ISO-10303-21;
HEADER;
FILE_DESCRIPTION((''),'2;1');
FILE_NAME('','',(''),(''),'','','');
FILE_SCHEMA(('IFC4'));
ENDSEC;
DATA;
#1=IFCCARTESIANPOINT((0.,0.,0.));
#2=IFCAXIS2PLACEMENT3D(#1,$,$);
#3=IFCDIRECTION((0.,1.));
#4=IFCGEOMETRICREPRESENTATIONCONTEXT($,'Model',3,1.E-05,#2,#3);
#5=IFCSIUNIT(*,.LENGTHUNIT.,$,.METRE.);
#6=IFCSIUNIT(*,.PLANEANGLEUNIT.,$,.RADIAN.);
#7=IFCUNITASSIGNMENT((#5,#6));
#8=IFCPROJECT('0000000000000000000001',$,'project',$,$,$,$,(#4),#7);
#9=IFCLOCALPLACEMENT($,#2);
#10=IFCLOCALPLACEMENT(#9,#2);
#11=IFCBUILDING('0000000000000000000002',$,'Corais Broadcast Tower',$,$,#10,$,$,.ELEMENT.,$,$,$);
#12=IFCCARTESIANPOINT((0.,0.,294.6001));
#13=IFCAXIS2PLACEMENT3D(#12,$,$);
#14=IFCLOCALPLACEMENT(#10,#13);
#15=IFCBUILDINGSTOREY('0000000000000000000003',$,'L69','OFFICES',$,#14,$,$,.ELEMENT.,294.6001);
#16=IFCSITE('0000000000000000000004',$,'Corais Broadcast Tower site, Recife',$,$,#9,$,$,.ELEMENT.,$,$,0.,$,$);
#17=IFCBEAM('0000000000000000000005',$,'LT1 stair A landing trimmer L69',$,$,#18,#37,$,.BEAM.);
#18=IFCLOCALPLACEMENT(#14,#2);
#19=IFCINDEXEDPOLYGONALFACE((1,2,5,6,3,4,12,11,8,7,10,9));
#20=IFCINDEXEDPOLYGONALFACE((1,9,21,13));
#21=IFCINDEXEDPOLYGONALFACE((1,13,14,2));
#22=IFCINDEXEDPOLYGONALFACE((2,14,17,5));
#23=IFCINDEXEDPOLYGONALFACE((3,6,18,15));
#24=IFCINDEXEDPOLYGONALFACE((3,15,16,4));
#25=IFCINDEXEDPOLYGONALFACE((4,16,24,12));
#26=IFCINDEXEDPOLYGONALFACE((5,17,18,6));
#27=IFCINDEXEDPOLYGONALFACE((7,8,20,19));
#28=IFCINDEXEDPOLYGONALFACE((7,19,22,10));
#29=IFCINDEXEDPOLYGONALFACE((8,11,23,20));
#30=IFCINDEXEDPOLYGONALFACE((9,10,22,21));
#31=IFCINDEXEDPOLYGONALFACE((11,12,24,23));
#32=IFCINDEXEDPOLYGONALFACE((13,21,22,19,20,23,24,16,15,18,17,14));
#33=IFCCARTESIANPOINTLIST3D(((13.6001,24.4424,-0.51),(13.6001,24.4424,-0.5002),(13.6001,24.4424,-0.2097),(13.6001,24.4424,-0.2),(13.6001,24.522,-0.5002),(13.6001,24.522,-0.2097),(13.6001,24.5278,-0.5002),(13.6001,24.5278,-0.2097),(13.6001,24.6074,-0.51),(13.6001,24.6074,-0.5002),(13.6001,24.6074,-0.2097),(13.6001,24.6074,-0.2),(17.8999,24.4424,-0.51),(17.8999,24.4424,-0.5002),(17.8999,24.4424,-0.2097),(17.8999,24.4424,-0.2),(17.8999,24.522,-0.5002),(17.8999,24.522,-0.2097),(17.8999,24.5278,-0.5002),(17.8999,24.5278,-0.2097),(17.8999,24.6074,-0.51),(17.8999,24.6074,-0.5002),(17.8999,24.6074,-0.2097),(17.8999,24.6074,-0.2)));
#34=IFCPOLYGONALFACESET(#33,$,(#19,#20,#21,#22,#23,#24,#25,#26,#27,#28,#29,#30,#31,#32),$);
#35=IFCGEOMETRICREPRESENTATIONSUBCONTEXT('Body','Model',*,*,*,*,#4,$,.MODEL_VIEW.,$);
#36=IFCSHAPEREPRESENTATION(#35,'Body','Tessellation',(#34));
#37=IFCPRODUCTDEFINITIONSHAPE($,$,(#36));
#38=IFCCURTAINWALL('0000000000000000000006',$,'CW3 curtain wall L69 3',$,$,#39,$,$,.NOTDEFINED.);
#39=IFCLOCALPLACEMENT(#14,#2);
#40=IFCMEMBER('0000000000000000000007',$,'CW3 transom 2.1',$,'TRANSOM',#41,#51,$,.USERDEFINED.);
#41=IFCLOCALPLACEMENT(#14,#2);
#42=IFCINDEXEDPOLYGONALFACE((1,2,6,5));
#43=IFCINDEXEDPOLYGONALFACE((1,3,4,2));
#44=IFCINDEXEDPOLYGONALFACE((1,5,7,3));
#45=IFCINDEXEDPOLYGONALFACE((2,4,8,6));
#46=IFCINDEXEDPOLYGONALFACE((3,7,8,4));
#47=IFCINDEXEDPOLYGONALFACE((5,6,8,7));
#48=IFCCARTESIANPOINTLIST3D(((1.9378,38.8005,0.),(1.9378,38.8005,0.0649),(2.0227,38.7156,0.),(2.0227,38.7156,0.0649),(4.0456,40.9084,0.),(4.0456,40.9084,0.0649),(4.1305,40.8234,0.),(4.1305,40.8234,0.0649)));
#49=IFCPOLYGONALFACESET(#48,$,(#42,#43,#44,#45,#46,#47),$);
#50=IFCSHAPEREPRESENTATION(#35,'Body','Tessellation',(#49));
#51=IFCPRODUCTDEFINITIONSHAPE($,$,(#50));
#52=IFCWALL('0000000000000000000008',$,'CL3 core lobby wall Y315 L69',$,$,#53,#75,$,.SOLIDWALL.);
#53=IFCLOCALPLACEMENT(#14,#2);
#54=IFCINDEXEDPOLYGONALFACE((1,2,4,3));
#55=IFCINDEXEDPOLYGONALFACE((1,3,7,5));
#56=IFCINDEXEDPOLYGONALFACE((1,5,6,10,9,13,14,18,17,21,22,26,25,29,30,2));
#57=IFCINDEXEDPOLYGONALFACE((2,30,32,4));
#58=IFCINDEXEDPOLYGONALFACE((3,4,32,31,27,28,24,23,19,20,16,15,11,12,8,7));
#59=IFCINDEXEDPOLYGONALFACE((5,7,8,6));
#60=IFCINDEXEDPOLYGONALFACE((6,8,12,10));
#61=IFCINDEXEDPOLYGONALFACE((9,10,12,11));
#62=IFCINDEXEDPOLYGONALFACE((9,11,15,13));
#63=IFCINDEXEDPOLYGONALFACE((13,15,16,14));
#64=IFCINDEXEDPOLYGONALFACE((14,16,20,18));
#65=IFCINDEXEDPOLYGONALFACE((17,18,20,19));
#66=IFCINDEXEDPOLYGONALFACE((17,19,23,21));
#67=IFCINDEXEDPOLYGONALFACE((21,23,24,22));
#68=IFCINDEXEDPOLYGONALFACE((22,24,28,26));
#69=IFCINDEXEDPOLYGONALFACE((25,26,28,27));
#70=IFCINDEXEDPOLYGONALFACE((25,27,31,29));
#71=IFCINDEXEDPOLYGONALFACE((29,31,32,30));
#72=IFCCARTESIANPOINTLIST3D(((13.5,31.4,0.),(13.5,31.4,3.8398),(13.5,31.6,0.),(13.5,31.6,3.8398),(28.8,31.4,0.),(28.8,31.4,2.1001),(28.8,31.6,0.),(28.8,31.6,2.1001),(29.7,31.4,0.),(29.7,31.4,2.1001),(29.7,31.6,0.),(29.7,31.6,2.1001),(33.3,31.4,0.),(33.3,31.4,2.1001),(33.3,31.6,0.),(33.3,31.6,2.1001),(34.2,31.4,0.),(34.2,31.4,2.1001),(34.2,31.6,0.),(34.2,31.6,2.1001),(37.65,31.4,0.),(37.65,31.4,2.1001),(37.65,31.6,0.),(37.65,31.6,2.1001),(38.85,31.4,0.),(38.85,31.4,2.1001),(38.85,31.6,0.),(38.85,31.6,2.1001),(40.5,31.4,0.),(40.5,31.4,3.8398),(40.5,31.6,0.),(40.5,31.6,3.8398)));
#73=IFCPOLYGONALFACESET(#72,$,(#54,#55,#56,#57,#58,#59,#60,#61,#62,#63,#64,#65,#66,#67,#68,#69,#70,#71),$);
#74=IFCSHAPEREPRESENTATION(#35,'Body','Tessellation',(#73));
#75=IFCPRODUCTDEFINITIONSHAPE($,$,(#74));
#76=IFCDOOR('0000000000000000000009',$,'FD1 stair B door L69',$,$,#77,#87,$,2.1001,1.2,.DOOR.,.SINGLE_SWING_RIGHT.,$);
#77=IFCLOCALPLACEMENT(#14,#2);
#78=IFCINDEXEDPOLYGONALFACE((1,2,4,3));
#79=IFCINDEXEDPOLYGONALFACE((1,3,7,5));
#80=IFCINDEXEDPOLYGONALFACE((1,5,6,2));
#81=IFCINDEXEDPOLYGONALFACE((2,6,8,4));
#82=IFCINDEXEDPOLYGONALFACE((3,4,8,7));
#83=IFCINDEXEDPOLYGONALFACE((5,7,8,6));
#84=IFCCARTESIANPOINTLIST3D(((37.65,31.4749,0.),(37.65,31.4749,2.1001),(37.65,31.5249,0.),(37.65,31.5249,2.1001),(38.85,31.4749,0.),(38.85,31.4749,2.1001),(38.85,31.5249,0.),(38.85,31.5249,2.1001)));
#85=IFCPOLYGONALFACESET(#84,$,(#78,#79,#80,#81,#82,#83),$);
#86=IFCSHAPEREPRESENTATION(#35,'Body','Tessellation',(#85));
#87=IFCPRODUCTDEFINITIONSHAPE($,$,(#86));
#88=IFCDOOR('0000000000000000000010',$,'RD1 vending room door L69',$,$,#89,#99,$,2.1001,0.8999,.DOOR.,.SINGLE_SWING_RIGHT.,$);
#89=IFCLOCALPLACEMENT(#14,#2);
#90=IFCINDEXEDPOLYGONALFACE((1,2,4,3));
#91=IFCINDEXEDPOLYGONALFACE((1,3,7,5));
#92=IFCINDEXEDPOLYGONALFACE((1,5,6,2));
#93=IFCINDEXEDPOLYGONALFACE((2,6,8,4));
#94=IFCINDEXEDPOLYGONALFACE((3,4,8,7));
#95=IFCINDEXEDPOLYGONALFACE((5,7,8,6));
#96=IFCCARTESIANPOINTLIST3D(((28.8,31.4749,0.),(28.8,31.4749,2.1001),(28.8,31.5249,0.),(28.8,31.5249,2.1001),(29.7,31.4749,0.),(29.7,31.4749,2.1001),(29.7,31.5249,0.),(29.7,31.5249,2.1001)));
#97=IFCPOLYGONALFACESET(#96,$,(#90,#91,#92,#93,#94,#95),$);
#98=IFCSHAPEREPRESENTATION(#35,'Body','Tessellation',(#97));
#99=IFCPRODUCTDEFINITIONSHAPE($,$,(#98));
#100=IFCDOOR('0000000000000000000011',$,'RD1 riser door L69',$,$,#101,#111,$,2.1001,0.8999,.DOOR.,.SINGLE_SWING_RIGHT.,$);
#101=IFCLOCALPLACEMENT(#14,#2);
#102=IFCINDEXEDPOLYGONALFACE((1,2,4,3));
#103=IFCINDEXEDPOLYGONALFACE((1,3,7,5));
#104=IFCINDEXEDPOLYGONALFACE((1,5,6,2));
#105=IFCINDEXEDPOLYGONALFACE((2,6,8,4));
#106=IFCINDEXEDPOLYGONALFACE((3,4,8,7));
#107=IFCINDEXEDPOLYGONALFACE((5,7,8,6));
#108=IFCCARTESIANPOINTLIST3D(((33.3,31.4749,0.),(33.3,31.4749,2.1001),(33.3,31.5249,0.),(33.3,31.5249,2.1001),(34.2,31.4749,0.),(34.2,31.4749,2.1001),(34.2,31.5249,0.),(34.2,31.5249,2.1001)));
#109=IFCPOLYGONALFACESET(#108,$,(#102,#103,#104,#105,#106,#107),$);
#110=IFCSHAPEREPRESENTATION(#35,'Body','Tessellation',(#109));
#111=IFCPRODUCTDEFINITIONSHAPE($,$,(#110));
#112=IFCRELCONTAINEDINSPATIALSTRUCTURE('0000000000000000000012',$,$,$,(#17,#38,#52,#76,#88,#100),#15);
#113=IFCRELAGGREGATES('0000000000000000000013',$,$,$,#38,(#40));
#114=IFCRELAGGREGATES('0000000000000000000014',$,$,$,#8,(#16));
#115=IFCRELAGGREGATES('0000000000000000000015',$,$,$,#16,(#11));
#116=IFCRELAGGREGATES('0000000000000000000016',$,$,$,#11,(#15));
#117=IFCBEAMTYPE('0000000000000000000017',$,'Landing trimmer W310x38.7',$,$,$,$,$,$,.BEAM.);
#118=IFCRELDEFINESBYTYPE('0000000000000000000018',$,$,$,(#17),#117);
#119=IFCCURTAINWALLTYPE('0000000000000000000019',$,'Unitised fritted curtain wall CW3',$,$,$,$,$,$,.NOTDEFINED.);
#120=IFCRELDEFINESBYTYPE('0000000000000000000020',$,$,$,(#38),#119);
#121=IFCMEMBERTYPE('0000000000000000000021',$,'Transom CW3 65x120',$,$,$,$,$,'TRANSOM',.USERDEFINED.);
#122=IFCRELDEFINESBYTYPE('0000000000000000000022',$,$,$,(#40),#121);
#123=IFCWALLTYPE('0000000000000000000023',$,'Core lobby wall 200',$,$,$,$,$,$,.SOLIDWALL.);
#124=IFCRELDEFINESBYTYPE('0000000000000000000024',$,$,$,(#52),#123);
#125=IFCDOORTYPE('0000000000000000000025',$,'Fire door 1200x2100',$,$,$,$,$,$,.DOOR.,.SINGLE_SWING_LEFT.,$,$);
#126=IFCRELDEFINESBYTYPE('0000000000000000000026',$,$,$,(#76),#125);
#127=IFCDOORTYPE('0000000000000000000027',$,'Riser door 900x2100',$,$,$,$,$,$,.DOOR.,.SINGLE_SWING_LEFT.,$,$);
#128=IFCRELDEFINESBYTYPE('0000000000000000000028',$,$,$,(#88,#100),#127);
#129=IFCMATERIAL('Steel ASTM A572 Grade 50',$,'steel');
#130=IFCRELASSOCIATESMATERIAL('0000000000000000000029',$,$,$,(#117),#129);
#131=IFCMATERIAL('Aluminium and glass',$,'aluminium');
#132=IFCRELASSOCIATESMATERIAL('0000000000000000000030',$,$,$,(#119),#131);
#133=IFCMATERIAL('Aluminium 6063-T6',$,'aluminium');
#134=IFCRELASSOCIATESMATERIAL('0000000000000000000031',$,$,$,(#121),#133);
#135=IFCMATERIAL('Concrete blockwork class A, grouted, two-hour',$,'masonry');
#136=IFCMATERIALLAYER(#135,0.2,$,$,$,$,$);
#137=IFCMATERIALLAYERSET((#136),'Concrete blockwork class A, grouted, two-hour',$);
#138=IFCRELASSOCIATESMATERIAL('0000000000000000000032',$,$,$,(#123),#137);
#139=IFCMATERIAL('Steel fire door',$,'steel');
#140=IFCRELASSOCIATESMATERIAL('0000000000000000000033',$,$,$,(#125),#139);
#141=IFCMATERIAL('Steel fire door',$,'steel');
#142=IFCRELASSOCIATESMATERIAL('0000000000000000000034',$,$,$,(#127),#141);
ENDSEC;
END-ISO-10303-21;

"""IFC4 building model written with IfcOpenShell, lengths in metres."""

from ifc_helpers import new_model, si_unit, direction, frame, frame_2d, origin, origin_2d, place, context, subcontext, project, spatial, rectangle, i_section, extrude, material, layer, layer_set, material_profile, profile_set, type_object, element, fill, aggregate, save


model = new_model("IFC4")

# Units and contexts
model_context = context("Model", 3, precision=1e-05, world=origin(), true_north=direction((0.0, 1.0)))
body_context = subcontext(model_context, "Body", "Model", "MODEL_VIEW")
ifc_project = project(units=[si_unit("LENGTHUNIT", "METRE"), si_unit("PLANEANGLEUNIT", "RADIAN")], contexts=[model_context])

# Site, building, storey
site_placement = place(None, origin())
site = spatial("IfcSite", under=ifc_project, at=site_placement, Name="Corais Broadcast Tower site, Recife", CompositionType="ELEMENT", RefElevation=0.0)
building_placement = place(site_placement, origin())
building = spatial("IfcBuilding", under=site, at=building_placement, Name="Corais Broadcast Tower", CompositionType="ELEMENT")
storey_placement = place(building_placement, frame((0.0, 0.0, 294.6001)))
storey = spatial("IfcBuildingStorey", under=building, at=storey_placement, Name="L69", Description="OFFICES", CompositionType="ELEMENT", Elevation=294.6001)

# Beam
ifc_material_1 = material(Name="Steel ASTM A572 Grade 50", Category="steel")
ifc_material_profile_1 = material_profile(ifc_material_1, i_section(OverallWidth=0.165, OverallDepth=0.3101, WebThickness=0.0059, FlangeThickness=0.0098, at=origin_2d()), Name="W310x38.7")
ifc_profile_set_1 = profile_set([ifc_material_profile_1], Name="Steel ASTM A572 Grade 50")
beam_type = type_object("IfcBeamType", Name="Landing trimmer W310x38.7", PredefinedType="BEAM", material=ifc_profile_set_1)
beam_placement = place(storey_placement, frame((13.6001, 24.5249, -0.355), z_axis=(1.0, 0.0, 0.0), x_axis=(0.0, 1.0, 0.0)))
element("IfcBeam", 1, at=beam_placement, inside=storey, type_object=beam_type, Name="LT1 stair A landing trimmer L69", PredefinedType="BEAM", context=body_context, shape_type="SweptSolid", body=[
    extrude(i_section(OverallWidth=0.165, OverallDepth=0.3101, WebThickness=0.0059, FlangeThickness=0.0098, at=origin_2d()), origin(), (0.0, 0.0, 1.0), 4.2998),
])

# Curtain wall, member
ifc_material_2 = material(Name="Aluminium and glass", Category="aluminium")
curtain_wall_type = type_object("IfcCurtainWallType", Name="Unitised fritted curtain wall CW3", PredefinedType="NOTDEFINED", material=ifc_material_2)
curtain_wall_placement = place(storey_placement, origin())
curtain_wall = element("IfcCurtainWall", 2, at=curtain_wall_placement, inside=storey, type_object=curtain_wall_type, Name="CW3 curtain wall L69 3", PredefinedType="NOTDEFINED")
ifc_material_3 = material(Name="Aluminium 6063-T6", Category="aluminium")
ifc_material_profile_2 = material_profile(ifc_material_3, rectangle(XDim=0.1201, YDim=0.0649, at=origin_2d()), Name="Transom CW3 65x120")
ifc_profile_set_2 = profile_set([ifc_material_profile_2], Name="Aluminium 6063-T6")
member_type = type_object("IfcMemberType", Name="Transom CW3 65x120", ElementType="TRANSOM", PredefinedType="USERDEFINED", material=ifc_profile_set_2)
member_placement = place(storey_placement, frame((1.9802, 38.7581, 0.0325), z_axis=(0.707107, 0.707107, 0.0), x_axis=(-0.707107, 0.707107, 0.0)))
member = element("IfcMember", 3, at=member_placement, type_object=member_type, Name="CW3 transom 2.1", ObjectType="TRANSOM", PredefinedType="USERDEFINED", context=body_context, shape_type="SweptSolid", body=[
    extrude(rectangle(XDim=0.1201, YDim=0.0649, at=origin_2d()), origin(), (0.0, 0.0, 1.0), 2.981),
])
aggregate(curtain_wall, [member])

# Wall, openings, doors
ifc_material_4 = material(Name="Concrete blockwork class A, grouted, two-hour", Category="masonry")
ifc_layer_1 = layer(ifc_material_4, 0.2)
ifc_layer_set_1 = layer_set([ifc_layer_1], Name="Concrete blockwork class A, grouted, two-hour")
wall_type_1 = type_object("IfcWallType", Name="Core lobby wall 200", PredefinedType="SOLIDWALL", material=ifc_layer_set_1)
wall_1_placement = place(storey_placement, frame((13.5, 31.5, 0.0), z_axis=(0.0, 0.0, 1.0), x_axis=(1.0, 0.0, 0.0)))
wall_1 = element("IfcWall", 4, at=wall_1_placement, inside=storey, type_object=wall_type_1, Name="CL3 core lobby wall Y315 L69", PredefinedType="SOLIDWALL", context=body_context, shape_type="SweptSolid", body=[
    extrude(rectangle(XDim=27.0, YDim=0.2, at=frame_2d((13.5, 0.0))), origin(), (0.0, 0.0, 1.0), 3.8398),
])
opening_1_placement = place(wall_1_placement, frame((24.1499, 0.0, 0.0)))
opening_1 = element("IfcOpeningElement", 5, at=opening_1_placement, cuts=wall_1, PredefinedType="OPENING", context=body_context, shape_type="SweptSolid", body=[
    extrude(rectangle(XDim=1.2, YDim=2.1001, at=frame_2d((0.6001, 1.05))), frame((0.0, 0.1099, 0.0), z_axis=(0.0, -1.0, 0.0), x_axis=(1.0, 0.0, 0.0)), (0.0, 0.0, 1.0), 0.22),
])
opening_2_placement = place(wall_1_placement, frame((15.3, 0.0, 0.0)))
opening_2 = element("IfcOpeningElement", 6, at=opening_2_placement, cuts=wall_1, PredefinedType="OPENING", context=body_context, shape_type="SweptSolid", body=[
    extrude(rectangle(XDim=0.8999, YDim=2.1001, at=frame_2d((0.45, 1.05))), frame((0.0, 0.1099, 0.0), z_axis=(0.0, -1.0, 0.0), x_axis=(1.0, 0.0, 0.0)), (0.0, 0.0, 1.0), 0.22),
])
opening_3_placement = place(wall_1_placement, frame((19.8, 0.0, 0.0)))
opening_3 = element("IfcOpeningElement", 7, at=opening_3_placement, cuts=wall_1, PredefinedType="OPENING", context=body_context, shape_type="SweptSolid", body=[
    extrude(rectangle(XDim=0.8999, YDim=2.1001, at=frame_2d((0.45, 1.05))), frame((0.0, 0.1099, 0.0), z_axis=(0.0, -1.0, 0.0), x_axis=(1.0, 0.0, 0.0)), (0.0, 0.0, 1.0), 0.22),
])
ifc_material_5 = material(Name="Steel fire door", Category="steel")
door_type_1 = type_object("IfcDoorType", Name="Fire door 1200x2100", OperationType="SINGLE_SWING_LEFT", PredefinedType="DOOR", material=ifc_material_5)
door_1_placement = place(opening_1_placement, origin())
door_1 = element("IfcDoor", 8, at=door_1_placement, inside=storey, type_object=door_type_1, Name="FD1 stair B door L69", OperationType="SINGLE_SWING_RIGHT", OverallHeight=2.1001, OverallWidth=1.2, PredefinedType="DOOR", context=body_context, shape_type="SweptSolid", body=[
    extrude(rectangle(XDim=1.2, YDim=2.1001, at=frame_2d((0.6001, 1.05))), frame((0.0, 0.0249, 0.0), z_axis=(0.0, -1.0, 0.0), x_axis=(1.0, 0.0, 0.0)), (0.0, 0.0, 1.0), 0.05),
])
fill(opening_1, door_1)
ifc_material_6 = material(Name="Steel fire door", Category="steel")
door_type_2 = type_object("IfcDoorType", Name="Riser door 900x2100", OperationType="SINGLE_SWING_LEFT", PredefinedType="DOOR", material=ifc_material_6)
door_2_placement = place(opening_2_placement, origin())
door_2 = element("IfcDoor", 9, at=door_2_placement, inside=storey, type_object=door_type_2, Name="RD1 vending room door L69", OperationType="SINGLE_SWING_RIGHT", OverallHeight=2.1001, OverallWidth=0.8999, PredefinedType="DOOR", context=body_context, shape_type="SweptSolid", body=[
    extrude(rectangle(XDim=0.8999, YDim=2.1001, at=frame_2d((0.45, 1.05))), frame((0.0, 0.0249, 0.0), z_axis=(0.0, -1.0, 0.0), x_axis=(1.0, 0.0, 0.0)), (0.0, 0.0, 1.0), 0.05),
])
fill(opening_2, door_2)
door_3_placement = place(opening_3_placement, origin())
door_3 = element("IfcDoor", 10, at=door_3_placement, inside=storey, type_object=door_type_2, Name="RD1 riser door L69", OperationType="SINGLE_SWING_RIGHT", OverallHeight=2.1001, OverallWidth=0.8999, PredefinedType="DOOR", context=body_context, shape_type="SweptSolid", body=[
    extrude(rectangle(XDim=0.8999, YDim=2.1001, at=frame_2d((0.45, 1.05))), frame((0.0, 0.0249, 0.0), z_axis=(0.0, -1.0, 0.0), x_axis=(1.0, 0.0, 0.0)), (0.0, 0.0, 1.0), 0.05),
])
fill(opening_3, door_3)

save(model, "model.ifc")
